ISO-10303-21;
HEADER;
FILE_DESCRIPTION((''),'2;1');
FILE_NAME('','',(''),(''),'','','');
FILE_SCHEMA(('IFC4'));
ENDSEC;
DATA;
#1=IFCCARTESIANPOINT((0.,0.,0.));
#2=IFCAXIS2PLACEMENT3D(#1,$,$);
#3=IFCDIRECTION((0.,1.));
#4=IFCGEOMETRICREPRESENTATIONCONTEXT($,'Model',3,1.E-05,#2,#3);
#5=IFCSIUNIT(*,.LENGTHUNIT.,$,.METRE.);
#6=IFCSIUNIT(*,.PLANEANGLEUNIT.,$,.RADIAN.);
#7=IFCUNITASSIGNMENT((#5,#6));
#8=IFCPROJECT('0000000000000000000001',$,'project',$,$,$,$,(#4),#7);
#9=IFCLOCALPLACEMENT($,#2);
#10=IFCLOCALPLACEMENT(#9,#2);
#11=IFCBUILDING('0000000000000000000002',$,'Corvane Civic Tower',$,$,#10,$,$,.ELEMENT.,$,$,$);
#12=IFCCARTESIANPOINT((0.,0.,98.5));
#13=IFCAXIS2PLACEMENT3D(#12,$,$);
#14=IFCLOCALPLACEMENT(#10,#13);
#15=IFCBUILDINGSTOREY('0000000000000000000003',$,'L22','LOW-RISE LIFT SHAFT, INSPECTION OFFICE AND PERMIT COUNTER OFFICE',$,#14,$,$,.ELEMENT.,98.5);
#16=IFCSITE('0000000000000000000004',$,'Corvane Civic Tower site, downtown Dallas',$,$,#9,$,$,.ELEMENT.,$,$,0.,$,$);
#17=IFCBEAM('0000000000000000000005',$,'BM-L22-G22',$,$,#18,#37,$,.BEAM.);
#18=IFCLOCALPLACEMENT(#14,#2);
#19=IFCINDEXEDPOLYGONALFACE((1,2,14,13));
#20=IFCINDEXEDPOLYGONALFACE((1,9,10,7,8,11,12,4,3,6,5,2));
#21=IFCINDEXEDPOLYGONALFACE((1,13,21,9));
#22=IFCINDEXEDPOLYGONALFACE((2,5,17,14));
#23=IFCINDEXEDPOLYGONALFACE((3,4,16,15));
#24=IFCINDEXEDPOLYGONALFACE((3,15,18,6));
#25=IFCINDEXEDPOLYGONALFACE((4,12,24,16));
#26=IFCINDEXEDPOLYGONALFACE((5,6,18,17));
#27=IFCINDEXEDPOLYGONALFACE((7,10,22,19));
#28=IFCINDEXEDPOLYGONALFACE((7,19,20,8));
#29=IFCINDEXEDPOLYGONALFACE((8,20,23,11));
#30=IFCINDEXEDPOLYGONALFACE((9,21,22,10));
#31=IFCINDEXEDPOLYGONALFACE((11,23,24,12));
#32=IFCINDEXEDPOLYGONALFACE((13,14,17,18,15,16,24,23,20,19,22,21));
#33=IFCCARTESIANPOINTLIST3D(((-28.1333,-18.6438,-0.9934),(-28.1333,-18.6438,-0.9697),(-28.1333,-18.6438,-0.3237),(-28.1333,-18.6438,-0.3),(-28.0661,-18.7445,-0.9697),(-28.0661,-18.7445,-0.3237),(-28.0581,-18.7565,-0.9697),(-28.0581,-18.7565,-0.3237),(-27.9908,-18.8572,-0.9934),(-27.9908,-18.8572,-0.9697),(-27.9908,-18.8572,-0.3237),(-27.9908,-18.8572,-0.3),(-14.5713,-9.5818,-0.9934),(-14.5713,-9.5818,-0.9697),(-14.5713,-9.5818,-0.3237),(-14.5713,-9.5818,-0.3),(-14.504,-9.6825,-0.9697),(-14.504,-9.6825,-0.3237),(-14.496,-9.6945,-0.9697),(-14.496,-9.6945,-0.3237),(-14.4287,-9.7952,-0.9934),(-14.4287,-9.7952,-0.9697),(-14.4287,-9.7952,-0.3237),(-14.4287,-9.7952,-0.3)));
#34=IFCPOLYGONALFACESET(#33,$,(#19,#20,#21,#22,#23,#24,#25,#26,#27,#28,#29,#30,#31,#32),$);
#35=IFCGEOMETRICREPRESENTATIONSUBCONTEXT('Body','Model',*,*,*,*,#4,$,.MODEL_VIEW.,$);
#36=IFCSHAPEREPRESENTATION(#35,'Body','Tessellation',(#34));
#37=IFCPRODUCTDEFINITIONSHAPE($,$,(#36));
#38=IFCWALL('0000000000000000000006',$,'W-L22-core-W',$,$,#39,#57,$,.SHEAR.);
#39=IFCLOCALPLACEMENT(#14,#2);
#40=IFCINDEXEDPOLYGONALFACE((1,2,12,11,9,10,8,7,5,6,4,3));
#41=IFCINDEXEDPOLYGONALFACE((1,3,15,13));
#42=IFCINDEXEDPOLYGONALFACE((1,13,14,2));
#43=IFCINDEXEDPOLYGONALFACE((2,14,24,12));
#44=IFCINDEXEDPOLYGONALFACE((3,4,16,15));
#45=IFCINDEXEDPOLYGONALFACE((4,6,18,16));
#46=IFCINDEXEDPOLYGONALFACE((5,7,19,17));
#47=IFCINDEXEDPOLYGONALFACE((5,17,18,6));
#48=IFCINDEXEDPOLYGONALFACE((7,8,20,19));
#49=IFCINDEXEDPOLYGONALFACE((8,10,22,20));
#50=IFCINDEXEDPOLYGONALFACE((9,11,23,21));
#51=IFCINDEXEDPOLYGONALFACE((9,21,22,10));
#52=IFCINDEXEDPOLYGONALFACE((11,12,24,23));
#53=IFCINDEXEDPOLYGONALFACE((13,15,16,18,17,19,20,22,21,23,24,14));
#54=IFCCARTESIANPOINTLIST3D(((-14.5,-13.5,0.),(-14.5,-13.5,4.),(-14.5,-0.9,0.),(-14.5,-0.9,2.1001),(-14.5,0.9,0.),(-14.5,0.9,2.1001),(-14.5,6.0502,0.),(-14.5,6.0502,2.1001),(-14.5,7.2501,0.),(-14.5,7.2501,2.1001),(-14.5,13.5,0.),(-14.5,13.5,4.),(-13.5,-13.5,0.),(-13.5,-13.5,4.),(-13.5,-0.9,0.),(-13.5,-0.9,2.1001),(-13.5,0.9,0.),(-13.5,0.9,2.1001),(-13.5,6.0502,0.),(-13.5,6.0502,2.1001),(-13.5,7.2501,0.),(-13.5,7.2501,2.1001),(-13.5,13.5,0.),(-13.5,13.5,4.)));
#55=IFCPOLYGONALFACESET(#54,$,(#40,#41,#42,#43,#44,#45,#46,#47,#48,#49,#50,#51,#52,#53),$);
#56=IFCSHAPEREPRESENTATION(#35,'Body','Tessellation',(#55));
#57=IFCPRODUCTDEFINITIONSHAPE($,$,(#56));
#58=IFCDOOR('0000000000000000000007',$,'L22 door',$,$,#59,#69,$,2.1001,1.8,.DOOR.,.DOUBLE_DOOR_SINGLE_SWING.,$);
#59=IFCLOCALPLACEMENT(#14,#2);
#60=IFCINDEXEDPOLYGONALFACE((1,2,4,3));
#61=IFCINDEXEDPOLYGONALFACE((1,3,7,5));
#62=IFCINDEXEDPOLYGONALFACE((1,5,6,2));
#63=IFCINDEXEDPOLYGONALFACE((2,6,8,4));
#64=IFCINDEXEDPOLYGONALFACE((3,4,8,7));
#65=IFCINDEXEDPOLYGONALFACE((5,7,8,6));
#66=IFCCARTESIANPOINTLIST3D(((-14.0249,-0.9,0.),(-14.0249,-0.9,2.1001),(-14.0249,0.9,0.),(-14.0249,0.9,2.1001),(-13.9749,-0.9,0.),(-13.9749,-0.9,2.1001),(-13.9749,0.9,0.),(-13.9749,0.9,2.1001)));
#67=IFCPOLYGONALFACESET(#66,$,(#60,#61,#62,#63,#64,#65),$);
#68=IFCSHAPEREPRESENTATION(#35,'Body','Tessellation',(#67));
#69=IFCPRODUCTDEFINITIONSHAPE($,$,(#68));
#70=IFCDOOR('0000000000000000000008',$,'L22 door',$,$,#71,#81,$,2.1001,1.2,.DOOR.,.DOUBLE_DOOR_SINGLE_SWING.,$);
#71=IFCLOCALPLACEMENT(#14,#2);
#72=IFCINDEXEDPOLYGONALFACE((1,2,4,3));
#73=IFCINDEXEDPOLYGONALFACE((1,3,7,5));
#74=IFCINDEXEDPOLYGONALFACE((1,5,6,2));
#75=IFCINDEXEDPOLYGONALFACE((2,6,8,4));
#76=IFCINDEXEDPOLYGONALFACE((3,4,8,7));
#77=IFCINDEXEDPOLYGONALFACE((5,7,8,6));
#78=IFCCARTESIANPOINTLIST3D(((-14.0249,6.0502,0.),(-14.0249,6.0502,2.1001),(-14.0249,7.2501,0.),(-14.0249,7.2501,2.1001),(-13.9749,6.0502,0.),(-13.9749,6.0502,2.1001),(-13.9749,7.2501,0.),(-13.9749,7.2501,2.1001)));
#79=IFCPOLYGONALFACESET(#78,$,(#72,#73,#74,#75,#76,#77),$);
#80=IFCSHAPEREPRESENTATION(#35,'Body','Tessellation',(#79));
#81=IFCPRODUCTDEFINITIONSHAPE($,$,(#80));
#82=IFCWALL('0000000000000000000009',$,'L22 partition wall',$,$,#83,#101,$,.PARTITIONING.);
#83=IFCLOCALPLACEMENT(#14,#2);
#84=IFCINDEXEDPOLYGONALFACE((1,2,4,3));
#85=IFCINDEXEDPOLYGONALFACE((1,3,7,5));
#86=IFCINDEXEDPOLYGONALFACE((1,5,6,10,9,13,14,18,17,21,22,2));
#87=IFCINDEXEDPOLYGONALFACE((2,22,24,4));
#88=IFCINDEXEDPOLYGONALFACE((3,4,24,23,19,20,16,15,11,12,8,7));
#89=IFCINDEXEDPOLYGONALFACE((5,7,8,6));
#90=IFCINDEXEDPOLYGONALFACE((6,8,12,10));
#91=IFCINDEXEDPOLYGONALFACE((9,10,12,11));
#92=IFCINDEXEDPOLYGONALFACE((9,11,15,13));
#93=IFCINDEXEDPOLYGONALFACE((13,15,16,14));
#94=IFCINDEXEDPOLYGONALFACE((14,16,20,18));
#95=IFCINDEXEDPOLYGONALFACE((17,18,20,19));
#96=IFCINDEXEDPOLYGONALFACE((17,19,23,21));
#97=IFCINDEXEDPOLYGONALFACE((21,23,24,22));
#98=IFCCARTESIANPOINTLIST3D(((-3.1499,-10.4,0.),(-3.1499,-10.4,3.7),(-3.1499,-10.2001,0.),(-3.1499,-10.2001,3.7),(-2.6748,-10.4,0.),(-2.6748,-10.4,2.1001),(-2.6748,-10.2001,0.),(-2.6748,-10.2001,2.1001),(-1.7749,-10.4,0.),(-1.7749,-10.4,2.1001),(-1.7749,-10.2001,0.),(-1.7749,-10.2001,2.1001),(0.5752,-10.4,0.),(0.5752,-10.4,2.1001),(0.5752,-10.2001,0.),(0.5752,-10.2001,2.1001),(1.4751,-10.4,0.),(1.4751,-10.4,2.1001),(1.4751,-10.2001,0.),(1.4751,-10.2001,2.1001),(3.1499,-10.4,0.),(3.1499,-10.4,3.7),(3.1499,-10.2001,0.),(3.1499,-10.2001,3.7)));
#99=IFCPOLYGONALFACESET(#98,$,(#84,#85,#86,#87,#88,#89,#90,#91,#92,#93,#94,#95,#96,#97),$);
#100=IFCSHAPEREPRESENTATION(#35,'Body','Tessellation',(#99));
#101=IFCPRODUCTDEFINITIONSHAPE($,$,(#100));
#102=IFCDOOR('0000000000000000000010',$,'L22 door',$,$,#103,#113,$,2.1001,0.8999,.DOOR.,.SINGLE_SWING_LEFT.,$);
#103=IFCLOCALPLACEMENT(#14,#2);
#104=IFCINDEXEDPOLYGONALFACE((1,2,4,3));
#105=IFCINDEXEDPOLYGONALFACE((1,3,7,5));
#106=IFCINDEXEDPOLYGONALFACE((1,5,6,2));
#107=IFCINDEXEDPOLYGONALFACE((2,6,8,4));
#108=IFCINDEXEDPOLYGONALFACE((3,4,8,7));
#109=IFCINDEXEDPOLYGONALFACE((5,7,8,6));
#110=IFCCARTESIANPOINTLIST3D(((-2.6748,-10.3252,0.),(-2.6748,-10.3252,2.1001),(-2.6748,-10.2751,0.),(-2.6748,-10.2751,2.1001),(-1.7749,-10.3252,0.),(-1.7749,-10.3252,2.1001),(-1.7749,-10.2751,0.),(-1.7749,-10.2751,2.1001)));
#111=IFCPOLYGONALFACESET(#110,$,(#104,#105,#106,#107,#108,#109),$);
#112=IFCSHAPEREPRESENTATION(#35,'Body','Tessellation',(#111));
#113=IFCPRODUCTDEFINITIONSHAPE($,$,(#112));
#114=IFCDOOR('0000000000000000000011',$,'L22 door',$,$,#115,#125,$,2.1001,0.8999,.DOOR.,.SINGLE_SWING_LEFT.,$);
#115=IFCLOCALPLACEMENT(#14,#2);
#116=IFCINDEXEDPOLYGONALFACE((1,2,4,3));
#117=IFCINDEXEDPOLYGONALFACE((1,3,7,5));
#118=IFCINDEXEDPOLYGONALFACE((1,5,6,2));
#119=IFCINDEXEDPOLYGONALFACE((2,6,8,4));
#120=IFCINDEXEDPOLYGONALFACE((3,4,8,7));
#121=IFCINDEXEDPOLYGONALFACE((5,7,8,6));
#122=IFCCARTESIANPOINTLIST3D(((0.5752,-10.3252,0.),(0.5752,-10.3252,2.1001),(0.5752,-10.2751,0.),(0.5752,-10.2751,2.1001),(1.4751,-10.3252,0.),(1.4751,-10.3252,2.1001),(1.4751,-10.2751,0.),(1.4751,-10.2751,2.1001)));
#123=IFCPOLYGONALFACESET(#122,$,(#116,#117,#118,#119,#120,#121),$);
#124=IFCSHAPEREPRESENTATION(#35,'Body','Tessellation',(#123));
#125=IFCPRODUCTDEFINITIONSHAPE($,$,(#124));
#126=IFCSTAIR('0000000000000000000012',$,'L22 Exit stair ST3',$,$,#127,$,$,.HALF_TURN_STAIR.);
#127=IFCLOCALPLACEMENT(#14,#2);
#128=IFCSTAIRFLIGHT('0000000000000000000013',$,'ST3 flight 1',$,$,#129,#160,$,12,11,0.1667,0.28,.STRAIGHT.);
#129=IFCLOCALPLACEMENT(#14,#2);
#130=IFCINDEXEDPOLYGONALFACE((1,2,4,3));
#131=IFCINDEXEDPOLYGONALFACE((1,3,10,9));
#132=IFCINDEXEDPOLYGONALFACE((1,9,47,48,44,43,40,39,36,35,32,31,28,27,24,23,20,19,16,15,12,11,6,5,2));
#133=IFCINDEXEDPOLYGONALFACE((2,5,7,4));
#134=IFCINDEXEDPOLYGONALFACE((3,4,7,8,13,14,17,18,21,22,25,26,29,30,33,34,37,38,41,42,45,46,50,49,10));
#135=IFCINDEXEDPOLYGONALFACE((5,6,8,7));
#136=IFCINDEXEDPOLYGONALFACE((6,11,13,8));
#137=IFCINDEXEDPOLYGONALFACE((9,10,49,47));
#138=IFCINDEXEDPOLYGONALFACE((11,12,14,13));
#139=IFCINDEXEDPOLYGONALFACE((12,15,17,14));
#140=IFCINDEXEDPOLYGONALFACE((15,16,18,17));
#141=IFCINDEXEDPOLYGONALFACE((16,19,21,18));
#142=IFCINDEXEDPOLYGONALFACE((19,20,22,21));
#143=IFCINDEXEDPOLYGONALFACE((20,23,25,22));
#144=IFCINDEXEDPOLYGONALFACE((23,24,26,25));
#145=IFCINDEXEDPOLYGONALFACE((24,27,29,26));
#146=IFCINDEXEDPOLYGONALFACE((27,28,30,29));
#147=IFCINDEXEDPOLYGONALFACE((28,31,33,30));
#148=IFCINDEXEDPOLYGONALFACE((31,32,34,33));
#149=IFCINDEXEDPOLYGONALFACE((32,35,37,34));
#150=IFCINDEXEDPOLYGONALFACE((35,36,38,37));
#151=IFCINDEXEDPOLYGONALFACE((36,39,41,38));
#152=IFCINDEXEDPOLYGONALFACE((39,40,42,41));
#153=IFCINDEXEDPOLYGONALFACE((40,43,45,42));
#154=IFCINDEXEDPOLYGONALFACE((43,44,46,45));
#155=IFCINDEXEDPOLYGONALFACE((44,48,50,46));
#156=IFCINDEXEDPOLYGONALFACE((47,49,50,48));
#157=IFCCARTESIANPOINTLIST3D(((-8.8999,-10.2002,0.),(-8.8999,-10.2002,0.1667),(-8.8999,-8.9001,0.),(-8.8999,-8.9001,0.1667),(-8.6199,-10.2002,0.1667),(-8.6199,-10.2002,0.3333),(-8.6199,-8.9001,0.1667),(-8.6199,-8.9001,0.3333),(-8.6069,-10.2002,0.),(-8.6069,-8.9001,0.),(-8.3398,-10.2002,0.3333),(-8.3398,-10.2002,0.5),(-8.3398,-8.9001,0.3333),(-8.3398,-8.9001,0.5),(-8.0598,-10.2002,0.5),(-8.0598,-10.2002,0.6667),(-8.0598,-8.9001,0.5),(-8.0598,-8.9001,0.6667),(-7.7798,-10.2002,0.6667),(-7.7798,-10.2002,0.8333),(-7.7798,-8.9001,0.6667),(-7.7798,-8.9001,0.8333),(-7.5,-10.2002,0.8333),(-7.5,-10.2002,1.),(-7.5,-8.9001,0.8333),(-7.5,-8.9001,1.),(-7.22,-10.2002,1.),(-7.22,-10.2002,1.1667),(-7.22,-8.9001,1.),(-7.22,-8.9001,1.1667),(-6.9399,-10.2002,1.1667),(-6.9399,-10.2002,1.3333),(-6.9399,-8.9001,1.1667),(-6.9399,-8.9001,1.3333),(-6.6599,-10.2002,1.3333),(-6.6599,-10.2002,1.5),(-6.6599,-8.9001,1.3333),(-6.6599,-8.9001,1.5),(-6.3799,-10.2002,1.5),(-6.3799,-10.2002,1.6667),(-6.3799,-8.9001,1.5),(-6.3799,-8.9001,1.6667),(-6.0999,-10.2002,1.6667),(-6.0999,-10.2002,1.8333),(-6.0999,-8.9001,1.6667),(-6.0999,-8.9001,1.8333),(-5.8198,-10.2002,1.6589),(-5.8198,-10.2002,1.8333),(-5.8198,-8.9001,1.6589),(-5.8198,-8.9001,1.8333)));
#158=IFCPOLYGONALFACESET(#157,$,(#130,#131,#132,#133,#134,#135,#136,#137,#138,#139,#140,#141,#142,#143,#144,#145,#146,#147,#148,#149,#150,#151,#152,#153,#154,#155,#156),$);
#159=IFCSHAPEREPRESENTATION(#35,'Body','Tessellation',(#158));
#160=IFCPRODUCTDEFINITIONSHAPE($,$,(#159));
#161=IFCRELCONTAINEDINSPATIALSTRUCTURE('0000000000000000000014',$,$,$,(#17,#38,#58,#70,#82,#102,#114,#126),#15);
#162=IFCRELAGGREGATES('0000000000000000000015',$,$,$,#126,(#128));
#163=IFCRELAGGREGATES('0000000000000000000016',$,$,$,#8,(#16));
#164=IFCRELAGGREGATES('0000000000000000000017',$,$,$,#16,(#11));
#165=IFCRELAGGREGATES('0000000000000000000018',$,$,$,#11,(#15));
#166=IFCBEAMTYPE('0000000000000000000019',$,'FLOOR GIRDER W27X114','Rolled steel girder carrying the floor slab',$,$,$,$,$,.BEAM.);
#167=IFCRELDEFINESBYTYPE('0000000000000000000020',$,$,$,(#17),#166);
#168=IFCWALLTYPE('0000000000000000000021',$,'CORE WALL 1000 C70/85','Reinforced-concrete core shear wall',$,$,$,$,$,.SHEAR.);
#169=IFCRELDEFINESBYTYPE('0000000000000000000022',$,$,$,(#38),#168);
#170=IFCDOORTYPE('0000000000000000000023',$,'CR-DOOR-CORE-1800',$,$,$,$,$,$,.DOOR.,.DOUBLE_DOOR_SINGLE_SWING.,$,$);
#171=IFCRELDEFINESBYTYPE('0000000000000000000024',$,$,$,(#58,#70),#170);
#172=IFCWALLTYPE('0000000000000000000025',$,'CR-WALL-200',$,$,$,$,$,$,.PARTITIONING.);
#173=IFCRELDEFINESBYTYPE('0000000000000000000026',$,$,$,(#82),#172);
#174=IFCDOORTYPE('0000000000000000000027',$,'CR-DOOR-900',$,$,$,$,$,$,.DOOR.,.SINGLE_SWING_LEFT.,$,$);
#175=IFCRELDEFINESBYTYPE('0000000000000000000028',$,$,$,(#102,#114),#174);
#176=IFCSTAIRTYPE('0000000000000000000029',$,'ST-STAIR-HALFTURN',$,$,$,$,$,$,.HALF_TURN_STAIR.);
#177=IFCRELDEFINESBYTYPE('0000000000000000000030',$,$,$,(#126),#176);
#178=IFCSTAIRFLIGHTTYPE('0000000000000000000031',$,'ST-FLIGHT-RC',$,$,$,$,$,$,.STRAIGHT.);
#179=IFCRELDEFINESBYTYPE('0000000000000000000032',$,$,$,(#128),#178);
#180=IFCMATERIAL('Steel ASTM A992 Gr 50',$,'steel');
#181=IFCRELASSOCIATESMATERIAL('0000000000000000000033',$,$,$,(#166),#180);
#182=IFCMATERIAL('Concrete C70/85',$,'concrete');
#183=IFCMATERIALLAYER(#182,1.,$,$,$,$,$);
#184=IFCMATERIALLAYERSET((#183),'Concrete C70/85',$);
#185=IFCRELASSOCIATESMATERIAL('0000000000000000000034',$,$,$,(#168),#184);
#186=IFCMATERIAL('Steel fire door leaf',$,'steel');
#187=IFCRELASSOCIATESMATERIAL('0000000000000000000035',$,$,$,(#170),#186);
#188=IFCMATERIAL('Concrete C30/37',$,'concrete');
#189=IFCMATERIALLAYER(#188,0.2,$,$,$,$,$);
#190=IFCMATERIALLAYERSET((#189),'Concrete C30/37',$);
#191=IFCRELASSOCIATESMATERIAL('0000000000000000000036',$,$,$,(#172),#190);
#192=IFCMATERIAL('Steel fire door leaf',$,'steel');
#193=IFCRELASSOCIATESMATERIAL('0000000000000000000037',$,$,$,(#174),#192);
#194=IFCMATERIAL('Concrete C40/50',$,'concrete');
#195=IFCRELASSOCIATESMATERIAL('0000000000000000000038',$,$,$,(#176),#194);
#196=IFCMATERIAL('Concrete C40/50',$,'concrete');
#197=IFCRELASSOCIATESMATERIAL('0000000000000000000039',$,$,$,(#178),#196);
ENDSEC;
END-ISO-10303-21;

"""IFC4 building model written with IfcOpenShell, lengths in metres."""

from ifc_helpers import new_model, si_unit, direction, frame, frame_2d, origin, origin_2d, place, context, subcontext, project, spatial, polyline, rectangle, i_section, outline, extrude, material, layer, layer_set, material_profile, profile_set, type_object, element, fill, aggregate, save


model = new_model("IFC4")

# Units and contexts
model_context = context("Model", 3, precision=1e-05, world=origin(), true_north=direction((0.0, 1.0)))
body_context = subcontext(model_context, "Body", "Model", "MODEL_VIEW")
ifc_project = project(units=[si_unit("LENGTHUNIT", "METRE"), si_unit("PLANEANGLEUNIT", "RADIAN")], contexts=[model_context])

# Site, building, storey
site_placement = place(None, origin())
site = spatial("IfcSite", under=ifc_project, at=site_placement, Name="Corvane Civic Tower site, downtown Dallas", CompositionType="ELEMENT", RefElevation=0.0)
building_placement = place(site_placement, origin())
building = spatial("IfcBuilding", under=site, at=building_placement, Name="Corvane Civic Tower", CompositionType="ELEMENT")
storey_placement = place(building_placement, frame((0.0, 0.0, 98.5)))
storey = spatial("IfcBuildingStorey", under=building, at=storey_placement, Name="L22", Description="LOW-RISE LIFT SHAFT, INSPECTION OFFICE AND PERMIT COUNTER OFFICE", CompositionType="ELEMENT", Elevation=98.5)

# Beam
ifc_material_1 = material(Name="Steel ASTM A992 Gr 50", Category="steel")
ifc_material_profile = material_profile(ifc_material_1, i_section(OverallWidth=0.2566, OverallDepth=0.6934, WebThickness=0.0144, FlangeThickness=0.0237, at=origin_2d()), Name="W27X114")
ifc_profile_set = profile_set([ifc_material_profile], Name="Steel ASTM A992 Gr 50")
beam_type = type_object("IfcBeamType", Name="FLOOR GIRDER W27X114", Description="Rolled steel girder carrying the floor slab", PredefinedType="BEAM", material=ifc_profile_set)
beam_placement = place(storey_placement, frame((-14.5, -9.6885, -0.6467), z_axis=(-0.831465, -0.555577, 0.0), x_axis=(0.555577, -0.831465, 0.0)))
element("IfcBeam", 1, at=beam_placement, inside=storey, type_object=beam_type, Name="BM-L22-G22", PredefinedType="BEAM", context=body_context, shape_type="SweptSolid", body=[
    extrude(i_section(OverallWidth=0.2566, OverallDepth=0.6934, WebThickness=0.0144, FlangeThickness=0.0237, at=origin_2d()), origin(), (0.0, 0.0, 1.0), 16.311),
])

# Walls, openings, doors
ifc_material_2 = material(Name="Concrete C70/85", Category="concrete")
ifc_layer_1 = layer(ifc_material_2, 1.0)
ifc_layer_set_1 = layer_set([ifc_layer_1], Name="Concrete C70/85")
wall_type_1 = type_object("IfcWallType", Name="CORE WALL 1000 C70/85", Description="Reinforced-concrete core shear wall", PredefinedType="SHEAR", material=ifc_layer_set_1)
wall_1_placement = place(storey_placement, frame((-14.0, -13.5, 0.0), z_axis=(0.0, 0.0, 1.0), x_axis=(0.0, 1.0, 0.0)))
wall_1 = element("IfcWall", 2, at=wall_1_placement, inside=storey, type_object=wall_type_1, Name="W-L22-core-W", PredefinedType="SHEAR", context=body_context, shape_type="SweptSolid", body=[
    extrude(rectangle(XDim=27.0, YDim=1.0, at=frame_2d((13.5, 0.0))), origin(), (0.0, 0.0, 1.0), 4.0),
])
opening_1_placement = place(wall_1_placement, frame((12.6001, 0.0, 0.0)))
opening_1 = element("IfcOpeningElement", 3, at=opening_1_placement, cuts=wall_1, PredefinedType="OPENING", context=body_context, shape_type="SweptSolid", body=[
    extrude(rectangle(XDim=1.8, YDim=2.1001, at=frame_2d((0.8999, 1.05))), frame((0.0, 0.51, 0.0), z_axis=(0.0, -1.0, 0.0), x_axis=(1.0, 0.0, 0.0)), (0.0, 0.0, 1.0), 1.02),
])
opening_2_placement = place(wall_1_placement, frame((19.55, 0.0, 0.0)))
opening_2 = element("IfcOpeningElement", 4, at=opening_2_placement, cuts=wall_1, PredefinedType="OPENING", context=body_context, shape_type="SweptSolid", body=[
    extrude(rectangle(XDim=1.2, YDim=2.1001, at=frame_2d((0.6001, 1.05))), frame((0.0, 0.51, 0.0), z_axis=(0.0, -1.0, 0.0), x_axis=(1.0, 0.0, 0.0)), (0.0, 0.0, 1.0), 1.02),
])
ifc_material_3 = material(Name="Steel fire door leaf", Category="steel")
door_type_1 = type_object("IfcDoorType", Name="CR-DOOR-CORE-1800", OperationType="DOUBLE_DOOR_SINGLE_SWING", PredefinedType="DOOR", material=ifc_material_3)
door_1_placement = place(opening_1_placement, origin())
door_1 = element("IfcDoor", 5, at=door_1_placement, inside=storey, type_object=door_type_1, Name="L22 door", OperationType="DOUBLE_DOOR_SINGLE_SWING", OverallHeight=2.1001, OverallWidth=1.8, PredefinedType="DOOR", context=body_context, shape_type="SweptSolid", body=[
    extrude(rectangle(XDim=1.8, YDim=2.1001, at=frame_2d((0.8999, 1.05))), frame((0.0, 0.0249, 0.0), z_axis=(0.0, -1.0, 0.0), x_axis=(1.0, 0.0, 0.0)), (0.0, 0.0, 1.0), 0.05),
])
fill(opening_1, door_1)
door_2_placement = place(opening_2_placement, origin())
door_2 = element("IfcDoor", 6, at=door_2_placement, inside=storey, type_object=door_type_1, Name="L22 door", OperationType="DOUBLE_DOOR_SINGLE_SWING", OverallHeight=2.1001, OverallWidth=1.2, PredefinedType="DOOR", context=body_context, shape_type="SweptSolid", body=[
    extrude(rectangle(XDim=1.2, YDim=2.1001, at=frame_2d((0.6001, 1.05))), frame((0.0, 0.0249, 0.0), z_axis=(0.0, -1.0, 0.0), x_axis=(1.0, 0.0, 0.0)), (0.0, 0.0, 1.0), 0.05),
])
fill(opening_2, door_2)
ifc_material_4 = material(Name="Concrete C30/37", Category="concrete")
ifc_layer_2 = layer(ifc_material_4, 0.2)
ifc_layer_set_2 = layer_set([ifc_layer_2], Name="Concrete C30/37")
wall_type_2 = type_object("IfcWallType", Name="CR-WALL-200", PredefinedType="PARTITIONING", material=ifc_layer_set_2)
wall_2_placement = place(storey_placement, frame((-3.1499, -10.3, 0.0), z_axis=(0.0, 0.0, 1.0), x_axis=(1.0, 0.0, 0.0)))
wall_2 = element("IfcWall", 7, at=wall_2_placement, inside=storey, type_object=wall_type_2, Name="L22 partition wall", PredefinedType="PARTITIONING", context=body_context, shape_type="SweptSolid", body=[
    extrude(rectangle(XDim=6.2998, YDim=0.2, at=frame_2d((3.1499, 0.0))), origin(), (0.0, 0.0, 1.0), 3.7),
])
opening_3_placement = place(wall_2_placement, frame((0.4751, 0.0, 0.0)))
opening_3 = element("IfcOpeningElement", 8, at=opening_3_placement, cuts=wall_2, PredefinedType="OPENING", context=body_context, shape_type="SweptSolid", body=[
    extrude(rectangle(XDim=0.8999, YDim=2.1001, at=frame_2d((0.45, 1.05))), frame((0.0, 0.1099, 0.0), z_axis=(0.0, -1.0, 0.0), x_axis=(1.0, 0.0, 0.0)), (0.0, 0.0, 1.0), 0.22),
])
opening_4_placement = place(wall_2_placement, frame((3.7251, 0.0, 0.0)))
opening_4 = element("IfcOpeningElement", 9, at=opening_4_placement, cuts=wall_2, PredefinedType="OPENING", context=body_context, shape_type="SweptSolid", body=[
    extrude(rectangle(XDim=0.8999, YDim=2.1001, at=frame_2d((0.45, 1.05))), frame((0.0, 0.1099, 0.0), z_axis=(0.0, -1.0, 0.0), x_axis=(1.0, 0.0, 0.0)), (0.0, 0.0, 1.0), 0.22),
])
ifc_material_5 = material(Name="Steel fire door leaf", Category="steel")
door_type_2 = type_object("IfcDoorType", Name="CR-DOOR-900", OperationType="SINGLE_SWING_LEFT", PredefinedType="DOOR", material=ifc_material_5)
door_3_placement = place(opening_3_placement, origin())
door_3 = element("IfcDoor", 10, at=door_3_placement, inside=storey, type_object=door_type_2, Name="L22 door", OperationType="SINGLE_SWING_LEFT", OverallHeight=2.1001, OverallWidth=0.8999, PredefinedType="DOOR", context=body_context, shape_type="SweptSolid", body=[
    extrude(rectangle(XDim=0.8999, YDim=2.1001, at=frame_2d((0.45, 1.05))), frame((0.0, 0.0249, 0.0), z_axis=(0.0, -1.0, 0.0), x_axis=(1.0, 0.0, 0.0)), (0.0, 0.0, 1.0), 0.05),
])
fill(opening_3, door_3)
door_4_placement = place(opening_4_placement, origin())
door_4 = element("IfcDoor", 11, at=door_4_placement, inside=storey, type_object=door_type_2, Name="L22 door", OperationType="SINGLE_SWING_LEFT", OverallHeight=2.1001, OverallWidth=0.8999, PredefinedType="DOOR", context=body_context, shape_type="SweptSolid", body=[
    extrude(rectangle(XDim=0.8999, YDim=2.1001, at=frame_2d((0.45, 1.05))), frame((0.0, 0.0249, 0.0), z_axis=(0.0, -1.0, 0.0), x_axis=(1.0, 0.0, 0.0)), (0.0, 0.0, 1.0), 0.05),
])
fill(opening_4, door_4)

# Stair, stair flight
ifc_material_6 = material(Name="Concrete C40/50", Category="concrete")
stair_type = type_object("IfcStairType", Name="ST-STAIR-HALFTURN", PredefinedType="HALF_TURN_STAIR", material=ifc_material_6)
stair_placement = place(storey_placement, origin())
stair = element("IfcStair", 12, at=stair_placement, inside=storey, type_object=stair_type, Name="L22 Exit stair ST3", PredefinedType="HALF_TURN_STAIR")
ifc_material_7 = material(Name="Concrete C40/50", Category="concrete")
stair_flight_type = type_object("IfcStairFlightType", Name="ST-FLIGHT-RC", PredefinedType="STRAIGHT", material=ifc_material_7)
stair_flight_1_placement = place(storey_placement, frame((-8.8999, -9.55, 0.0), z_axis=(0.0, 0.0, 1.0), x_axis=(1.0, 0.0, 0.0)))
stair_flight_1 = element("IfcStairFlight", 13, at=stair_flight_1_placement, type_object=stair_flight_type, Name="ST3 flight 1", NumberOfRisers=12, NumberOfTreads=11, PredefinedType="STRAIGHT", RiserHeight=0.1667, TreadLength=0.28, context=body_context, shape_type="SweptSolid", body=[
    extrude(outline(polyline([(0.0, 0.0), (0.0, 0.1667), (0.28, 0.1667), (0.28, 0.3333), (0.5601, 0.3333), (0.5601, 0.5), (0.8401, 0.5), (0.8401, 0.6667), (1.1201, 0.6667), (1.1201, 0.8333), (1.3999, 0.8333), (1.3999, 1.0), (1.6799, 1.0), (1.6799, 1.1667), (1.96, 1.1667), (1.96, 1.3333), (2.24, 1.3333), (2.24, 1.5), (2.52, 1.5), (2.52, 1.6667), (2.8, 1.6667), (2.8, 1.8333), (3.0801, 1.8333), (3.0801, 2.0), (3.0801, 1.6589), (0.293, 0.0), (0.0, 0.0)])), frame((0.0, 0.6499, 0.0), z_axis=(0.0, -1.0, 0.0), x_axis=(1.0, 0.0, 0.0)), (0.0, 0.0, 1.0), 1.3),
])
aggregate(stair, [stair_flight_1])

save(model, "model.ifc")
